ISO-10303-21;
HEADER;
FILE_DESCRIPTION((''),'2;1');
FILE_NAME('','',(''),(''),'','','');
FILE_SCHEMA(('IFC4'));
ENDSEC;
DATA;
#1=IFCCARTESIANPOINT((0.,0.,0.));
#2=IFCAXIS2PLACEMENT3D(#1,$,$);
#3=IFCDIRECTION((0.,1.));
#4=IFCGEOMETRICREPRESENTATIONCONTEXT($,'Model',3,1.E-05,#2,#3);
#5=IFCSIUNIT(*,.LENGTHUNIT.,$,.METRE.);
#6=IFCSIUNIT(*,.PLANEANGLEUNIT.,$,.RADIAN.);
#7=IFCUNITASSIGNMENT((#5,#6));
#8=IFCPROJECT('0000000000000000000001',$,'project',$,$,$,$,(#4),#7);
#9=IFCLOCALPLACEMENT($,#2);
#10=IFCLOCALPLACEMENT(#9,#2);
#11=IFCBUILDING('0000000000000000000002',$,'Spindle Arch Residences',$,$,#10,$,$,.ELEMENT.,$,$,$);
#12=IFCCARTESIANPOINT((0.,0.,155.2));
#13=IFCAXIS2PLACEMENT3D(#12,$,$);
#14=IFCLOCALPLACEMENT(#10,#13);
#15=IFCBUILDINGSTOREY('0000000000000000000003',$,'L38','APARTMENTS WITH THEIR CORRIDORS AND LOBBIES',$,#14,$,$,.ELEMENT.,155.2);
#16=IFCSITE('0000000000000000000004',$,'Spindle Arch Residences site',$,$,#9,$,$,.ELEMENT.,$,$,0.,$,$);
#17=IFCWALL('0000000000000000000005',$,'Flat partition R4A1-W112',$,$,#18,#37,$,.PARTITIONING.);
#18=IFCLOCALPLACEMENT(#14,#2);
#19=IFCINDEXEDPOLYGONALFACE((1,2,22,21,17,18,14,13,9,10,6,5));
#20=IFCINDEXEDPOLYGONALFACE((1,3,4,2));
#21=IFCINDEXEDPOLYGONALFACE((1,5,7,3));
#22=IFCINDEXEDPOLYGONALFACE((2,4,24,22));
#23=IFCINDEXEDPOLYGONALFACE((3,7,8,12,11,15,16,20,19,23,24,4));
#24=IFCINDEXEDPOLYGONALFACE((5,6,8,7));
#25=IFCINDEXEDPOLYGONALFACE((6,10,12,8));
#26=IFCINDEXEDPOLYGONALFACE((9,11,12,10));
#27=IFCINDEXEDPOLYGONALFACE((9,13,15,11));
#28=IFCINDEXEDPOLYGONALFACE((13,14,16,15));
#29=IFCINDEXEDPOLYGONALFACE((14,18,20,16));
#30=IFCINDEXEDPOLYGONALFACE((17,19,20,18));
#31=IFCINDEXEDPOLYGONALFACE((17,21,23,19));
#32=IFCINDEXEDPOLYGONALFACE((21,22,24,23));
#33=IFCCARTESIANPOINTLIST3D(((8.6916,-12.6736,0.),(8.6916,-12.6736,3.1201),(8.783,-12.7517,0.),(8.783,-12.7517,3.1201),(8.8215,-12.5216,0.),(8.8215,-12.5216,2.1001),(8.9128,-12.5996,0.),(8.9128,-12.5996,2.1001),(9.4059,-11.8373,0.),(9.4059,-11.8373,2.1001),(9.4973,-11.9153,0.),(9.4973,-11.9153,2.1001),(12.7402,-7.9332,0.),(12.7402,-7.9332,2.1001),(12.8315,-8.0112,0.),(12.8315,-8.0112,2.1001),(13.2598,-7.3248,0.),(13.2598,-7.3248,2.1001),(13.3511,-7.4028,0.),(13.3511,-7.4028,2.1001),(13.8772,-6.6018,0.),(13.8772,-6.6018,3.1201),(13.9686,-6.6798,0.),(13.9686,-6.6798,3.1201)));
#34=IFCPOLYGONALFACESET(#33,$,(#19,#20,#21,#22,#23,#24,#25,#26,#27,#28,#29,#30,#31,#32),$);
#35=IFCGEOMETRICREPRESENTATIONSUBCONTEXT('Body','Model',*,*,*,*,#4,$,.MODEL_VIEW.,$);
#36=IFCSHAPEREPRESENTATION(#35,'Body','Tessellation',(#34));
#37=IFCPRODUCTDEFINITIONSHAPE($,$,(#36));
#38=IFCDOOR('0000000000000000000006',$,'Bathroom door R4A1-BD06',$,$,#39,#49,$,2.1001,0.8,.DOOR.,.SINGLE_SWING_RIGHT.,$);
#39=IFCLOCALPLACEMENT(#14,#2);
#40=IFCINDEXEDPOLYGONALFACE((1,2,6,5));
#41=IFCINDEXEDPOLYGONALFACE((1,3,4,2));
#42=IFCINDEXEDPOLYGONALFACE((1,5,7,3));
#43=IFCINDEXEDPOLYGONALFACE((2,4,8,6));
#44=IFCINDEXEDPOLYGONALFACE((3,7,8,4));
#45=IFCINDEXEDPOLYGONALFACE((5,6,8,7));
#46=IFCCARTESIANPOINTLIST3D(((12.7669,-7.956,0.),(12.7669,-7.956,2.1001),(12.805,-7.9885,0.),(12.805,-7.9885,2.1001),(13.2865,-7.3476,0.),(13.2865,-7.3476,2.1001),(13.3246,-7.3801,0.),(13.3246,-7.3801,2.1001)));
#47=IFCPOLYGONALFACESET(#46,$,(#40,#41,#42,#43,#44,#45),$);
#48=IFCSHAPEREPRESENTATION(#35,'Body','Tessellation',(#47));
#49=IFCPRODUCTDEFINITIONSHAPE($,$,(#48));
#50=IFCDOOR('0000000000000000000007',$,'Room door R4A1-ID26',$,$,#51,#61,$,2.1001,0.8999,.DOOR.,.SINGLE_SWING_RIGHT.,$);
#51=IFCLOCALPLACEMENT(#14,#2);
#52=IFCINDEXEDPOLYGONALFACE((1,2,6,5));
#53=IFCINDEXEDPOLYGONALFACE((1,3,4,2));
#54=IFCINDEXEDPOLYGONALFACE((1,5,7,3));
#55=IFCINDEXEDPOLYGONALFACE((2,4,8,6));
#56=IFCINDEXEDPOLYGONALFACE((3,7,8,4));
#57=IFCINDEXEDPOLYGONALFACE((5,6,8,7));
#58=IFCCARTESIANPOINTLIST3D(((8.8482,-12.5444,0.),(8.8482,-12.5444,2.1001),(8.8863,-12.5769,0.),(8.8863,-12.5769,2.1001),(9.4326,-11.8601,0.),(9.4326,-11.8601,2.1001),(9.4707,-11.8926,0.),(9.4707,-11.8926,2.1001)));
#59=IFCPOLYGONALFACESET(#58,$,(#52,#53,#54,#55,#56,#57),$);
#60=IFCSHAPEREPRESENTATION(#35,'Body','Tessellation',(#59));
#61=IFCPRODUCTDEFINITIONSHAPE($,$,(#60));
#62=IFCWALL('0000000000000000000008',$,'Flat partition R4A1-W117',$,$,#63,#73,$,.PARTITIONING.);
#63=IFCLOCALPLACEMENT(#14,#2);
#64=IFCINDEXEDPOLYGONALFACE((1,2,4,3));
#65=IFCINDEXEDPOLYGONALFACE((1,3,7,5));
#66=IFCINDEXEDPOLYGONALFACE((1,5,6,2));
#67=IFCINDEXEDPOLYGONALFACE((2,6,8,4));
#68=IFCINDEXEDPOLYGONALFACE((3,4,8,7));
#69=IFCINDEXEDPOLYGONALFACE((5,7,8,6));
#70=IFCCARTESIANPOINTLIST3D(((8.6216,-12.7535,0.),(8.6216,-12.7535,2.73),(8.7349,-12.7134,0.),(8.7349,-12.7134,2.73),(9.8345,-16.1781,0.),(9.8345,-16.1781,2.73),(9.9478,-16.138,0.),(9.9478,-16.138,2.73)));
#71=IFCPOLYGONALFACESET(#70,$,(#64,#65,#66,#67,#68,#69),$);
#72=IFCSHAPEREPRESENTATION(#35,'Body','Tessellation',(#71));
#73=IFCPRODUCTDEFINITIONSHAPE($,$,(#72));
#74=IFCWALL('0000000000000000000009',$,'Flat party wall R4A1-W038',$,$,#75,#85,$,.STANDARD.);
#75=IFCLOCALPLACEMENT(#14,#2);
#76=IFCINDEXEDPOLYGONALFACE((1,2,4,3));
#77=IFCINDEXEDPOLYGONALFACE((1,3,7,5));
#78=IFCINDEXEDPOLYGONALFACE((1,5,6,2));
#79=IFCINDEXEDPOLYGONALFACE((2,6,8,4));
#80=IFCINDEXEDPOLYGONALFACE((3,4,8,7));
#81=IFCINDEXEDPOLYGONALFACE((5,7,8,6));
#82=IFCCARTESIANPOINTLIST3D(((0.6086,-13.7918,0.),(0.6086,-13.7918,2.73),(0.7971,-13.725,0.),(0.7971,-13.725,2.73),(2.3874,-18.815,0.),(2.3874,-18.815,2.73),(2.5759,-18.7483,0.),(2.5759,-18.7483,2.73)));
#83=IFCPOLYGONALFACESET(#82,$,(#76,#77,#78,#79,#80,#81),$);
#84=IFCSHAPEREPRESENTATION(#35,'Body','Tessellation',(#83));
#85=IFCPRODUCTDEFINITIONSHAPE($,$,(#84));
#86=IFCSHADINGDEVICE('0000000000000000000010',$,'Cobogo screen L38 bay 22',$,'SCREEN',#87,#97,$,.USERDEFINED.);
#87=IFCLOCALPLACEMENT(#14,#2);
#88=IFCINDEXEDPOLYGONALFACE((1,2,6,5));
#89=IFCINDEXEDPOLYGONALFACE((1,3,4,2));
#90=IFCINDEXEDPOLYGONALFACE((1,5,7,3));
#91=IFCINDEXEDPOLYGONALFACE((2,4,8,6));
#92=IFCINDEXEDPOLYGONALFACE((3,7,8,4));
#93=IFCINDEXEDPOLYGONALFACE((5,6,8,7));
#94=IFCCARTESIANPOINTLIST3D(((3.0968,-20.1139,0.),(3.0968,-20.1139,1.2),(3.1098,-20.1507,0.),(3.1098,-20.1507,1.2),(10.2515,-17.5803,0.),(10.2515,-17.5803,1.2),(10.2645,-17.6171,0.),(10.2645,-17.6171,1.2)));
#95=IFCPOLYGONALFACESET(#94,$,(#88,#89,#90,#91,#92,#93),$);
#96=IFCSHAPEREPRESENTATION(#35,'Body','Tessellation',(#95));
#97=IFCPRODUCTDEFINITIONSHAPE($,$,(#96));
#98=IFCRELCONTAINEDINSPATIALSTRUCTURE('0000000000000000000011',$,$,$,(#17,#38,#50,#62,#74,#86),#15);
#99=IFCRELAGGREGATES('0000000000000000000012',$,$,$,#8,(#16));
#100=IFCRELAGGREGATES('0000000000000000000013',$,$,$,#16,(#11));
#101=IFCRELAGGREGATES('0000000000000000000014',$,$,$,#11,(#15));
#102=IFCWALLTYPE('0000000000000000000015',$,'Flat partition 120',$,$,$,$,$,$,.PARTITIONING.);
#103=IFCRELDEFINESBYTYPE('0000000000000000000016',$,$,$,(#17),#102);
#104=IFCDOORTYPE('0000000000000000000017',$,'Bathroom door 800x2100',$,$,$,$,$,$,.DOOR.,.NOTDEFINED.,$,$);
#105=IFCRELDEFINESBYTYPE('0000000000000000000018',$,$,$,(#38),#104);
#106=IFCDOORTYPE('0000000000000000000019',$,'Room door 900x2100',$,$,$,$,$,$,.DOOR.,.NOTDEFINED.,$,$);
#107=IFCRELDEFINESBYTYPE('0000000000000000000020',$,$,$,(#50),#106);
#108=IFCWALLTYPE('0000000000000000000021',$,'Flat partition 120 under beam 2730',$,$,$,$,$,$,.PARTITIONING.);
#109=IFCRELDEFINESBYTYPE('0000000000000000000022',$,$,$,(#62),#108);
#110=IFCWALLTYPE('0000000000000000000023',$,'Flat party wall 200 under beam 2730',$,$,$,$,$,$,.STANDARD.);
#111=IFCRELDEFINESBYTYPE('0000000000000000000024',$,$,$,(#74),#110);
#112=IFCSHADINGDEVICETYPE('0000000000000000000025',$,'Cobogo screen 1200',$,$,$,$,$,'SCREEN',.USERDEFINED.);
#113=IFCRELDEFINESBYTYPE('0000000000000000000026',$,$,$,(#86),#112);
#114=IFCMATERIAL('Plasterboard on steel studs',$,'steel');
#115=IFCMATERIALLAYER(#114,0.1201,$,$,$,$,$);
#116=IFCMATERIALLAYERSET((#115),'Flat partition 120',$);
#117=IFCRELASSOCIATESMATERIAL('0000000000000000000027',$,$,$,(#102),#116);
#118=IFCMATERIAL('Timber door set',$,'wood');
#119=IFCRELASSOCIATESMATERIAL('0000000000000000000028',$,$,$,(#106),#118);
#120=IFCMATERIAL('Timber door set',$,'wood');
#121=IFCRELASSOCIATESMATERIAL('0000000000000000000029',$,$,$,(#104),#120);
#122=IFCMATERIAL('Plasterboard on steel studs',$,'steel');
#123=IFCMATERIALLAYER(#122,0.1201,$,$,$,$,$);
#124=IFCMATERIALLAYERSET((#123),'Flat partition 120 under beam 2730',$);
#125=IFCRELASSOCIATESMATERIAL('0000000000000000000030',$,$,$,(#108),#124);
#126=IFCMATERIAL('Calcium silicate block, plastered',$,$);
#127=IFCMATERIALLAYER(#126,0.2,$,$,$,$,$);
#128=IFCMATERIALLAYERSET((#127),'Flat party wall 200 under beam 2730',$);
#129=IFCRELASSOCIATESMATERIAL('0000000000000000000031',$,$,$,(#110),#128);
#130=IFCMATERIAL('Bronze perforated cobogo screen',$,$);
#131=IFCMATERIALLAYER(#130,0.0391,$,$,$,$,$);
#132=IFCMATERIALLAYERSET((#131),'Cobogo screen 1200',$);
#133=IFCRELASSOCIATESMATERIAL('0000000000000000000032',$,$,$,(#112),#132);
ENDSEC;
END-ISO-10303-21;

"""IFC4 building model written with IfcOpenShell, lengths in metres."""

from ifc_helpers import new_model, si_unit, direction, frame, frame_2d, origin, origin_2d, place, context, subcontext, project, spatial, rectangle, extrude, material, layer, layer_set, type_object, element, fill, save


model = new_model("IFC4")

# Units and contexts
model_context = context("Model", 3, precision=1e-05, world=origin(), true_north=direction((0.0, 1.0)))
body_context = subcontext(model_context, "Body", "Model", "MODEL_VIEW")
ifc_project = project(units=[si_unit("LENGTHUNIT", "METRE"), si_unit("PLANEANGLEUNIT", "RADIAN")], contexts=[model_context])

# Site, building, storey
site_placement = place(None, origin())
site = spatial("IfcSite", under=ifc_project, at=site_placement, Name="Spindle Arch Residences site", CompositionType="ELEMENT", RefElevation=0.0)
building_placement = place(site_placement, origin())
building = spatial("IfcBuilding", under=site, at=building_placement, Name="Spindle Arch Residences", CompositionType="ELEMENT")
storey_placement = place(building_placement, frame((0.0, 0.0, 155.2)))
storey = spatial("IfcBuildingStorey", under=building, at=storey_placement, Name="L38", Description="APARTMENTS WITH THEIR CORRIDORS AND LOBBIES", CompositionType="ELEMENT", Elevation=155.2)

# Shared definitions
ifc_material_1 = material(Name="Plasterboard on steel studs", Category="steel")
ifc_layer_1 = layer(ifc_material_1, 0.1201)
ifc_layer_set_1 = layer_set([ifc_layer_1], Name="Flat partition 120")
wall_type_1 = type_object("IfcWallType", Name="Flat partition 120", PredefinedType="PARTITIONING", material=ifc_layer_set_1)
ifc_material_2 = material(Name="Timber door set", Category="wood")
door_type_1 = type_object("IfcDoorType", Name="Room door 900x2100", OperationType="NOTDEFINED", PredefinedType="DOOR", material=ifc_material_2)

# Wall, openings, doors
wall_1_placement = place(storey_placement, frame((8.7373, -12.7126, 0.0), z_axis=(0.0, 0.0, 1.0), x_axis=(0.649431, 0.760421, 0.0)))
wall_1 = element("IfcWall", 1, at=wall_1_placement, inside=storey, type_object=wall_type_1, Name="Flat partition R4A1-W112", PredefinedType="PARTITIONING", context=body_context, shape_type="SweptSolid", body=[
    extrude(rectangle(XDim=7.9849, YDim=0.1201, at=frame_2d((3.9924, 0.0))), origin(), (0.0, 0.0, 1.0), 3.1201),
])
opening_1_placement = place(wall_1_placement, frame((0.2, 0.0, 0.0)))
opening_1 = element("IfcOpeningElement", 2, at=opening_1_placement, cuts=wall_1, PredefinedType="OPENING", context=body_context, shape_type="SweptSolid", body=[
    extrude(rectangle(XDim=0.8999, YDim=2.1001, at=frame_2d((0.45, 1.05))), frame((0.0, 0.0701, 0.0), z_axis=(0.0, -1.0, 0.0), x_axis=(1.0, 0.0, 0.0)), (0.0, 0.0, 1.0), 0.1401),
])
opening_2_placement = place(wall_1_placement, frame((6.2341, 0.0, 0.0)))
opening_2 = element("IfcOpeningElement", 3, at=opening_2_placement, cuts=wall_1, PredefinedType="OPENING", context=body_context, shape_type="SweptSolid", body=[
    extrude(rectangle(XDim=0.8, YDim=2.1001, at=frame_2d((0.3999, 1.05))), frame((0.0, 0.0701, 0.0), z_axis=(0.0, -1.0, 0.0), x_axis=(1.0, 0.0, 0.0)), (0.0, 0.0, 1.0), 0.1401),
])
ifc_material_3 = material(Name="Timber door set", Category="wood")
door_type_2 = type_object("IfcDoorType", Name="Bathroom door 800x2100", OperationType="NOTDEFINED", PredefinedType="DOOR", material=ifc_material_3)
door_1_placement = place(opening_2_placement, origin())
door_1 = element("IfcDoor", 4, at=door_1_placement, inside=storey, type_object=door_type_2, Name="Bathroom door R4A1-BD06", OperationType="SINGLE_SWING_RIGHT", OverallHeight=2.1001, OverallWidth=0.8, PredefinedType="DOOR", context=body_context, shape_type="SweptSolid", body=[
    extrude(rectangle(XDim=0.8, YDim=2.1001, at=frame_2d((0.3999, 1.05))), frame((0.0, 0.0249, 0.0), z_axis=(0.0, -1.0, 0.0), x_axis=(1.0, 0.0, 0.0)), (0.0, 0.0, 1.0), 0.05),
])
fill(opening_2, door_1)
door_2_placement = place(opening_1_placement, origin())
door_2 = element("IfcDoor", 5, at=door_2_placement, inside=storey, type_object=door_type_1, Name="Room door R4A1-ID26", OperationType="SINGLE_SWING_RIGHT", OverallHeight=2.1001, OverallWidth=0.8999, PredefinedType="DOOR", context=body_context, shape_type="SweptSolid", body=[
    extrude(rectangle(XDim=0.8999, YDim=2.1001, at=frame_2d((0.45, 1.05))), frame((0.0, 0.0249, 0.0), z_axis=(0.0, -1.0, 0.0), x_axis=(1.0, 0.0, 0.0)), (0.0, 0.0, 1.0), 0.05),
])
fill(opening_1, door_2)

# Walls
ifc_material_4 = material(Name="Plasterboard on steel studs", Category="steel")
ifc_layer_2 = layer(ifc_material_4, 0.1201)
ifc_layer_set_2 = layer_set([ifc_layer_2], Name="Flat partition 120 under beam 2730")
wall_type_2 = type_object("IfcWallType", Name="Flat partition 120 under beam 2730", PredefinedType="PARTITIONING", material=ifc_layer_set_2)
wall_2_placement = place(storey_placement, frame((9.8911, -16.158, 0.0), z_axis=(0.0, 0.0, 1.0), x_axis=(-0.333853, 0.942625, 0.0)))
element("IfcWall", 6, at=wall_2_placement, inside=storey, type_object=wall_type_2, Name="Flat partition R4A1-W117", PredefinedType="PARTITIONING", context=body_context, shape_type="SweptSolid", body=[
    extrude(rectangle(XDim=3.6331, YDim=0.1201, at=frame_2d((1.8164, 0.0))), origin(), (0.0, 0.0, 1.0), 2.73),
])
ifc_material_5 = material(Name="Calcium silicate block, plastered")
ifc_layer_3 = layer(ifc_material_5, 0.2)
ifc_layer_set_3 = layer_set([ifc_layer_3], Name="Flat party wall 200 under beam 2730")
wall_type_3 = type_object("IfcWallType", Name="Flat party wall 200 under beam 2730", PredefinedType="STANDARD", material=ifc_layer_set_3)
wall_3_placement = place(storey_placement, frame((2.4817, -18.7817, 0.0), z_axis=(0.0, 0.0, 1.0), x_axis=(-0.333807, 0.942641, 0.0)))
element("IfcWall", 7, at=wall_3_placement, inside=storey, type_object=wall_type_3, Name="Flat party wall R4A1-W038", PredefinedType="STANDARD", context=body_context, shape_type="SweptSolid", body=[
    extrude(rectangle(XDim=5.3289, YDim=0.2, at=frame_2d((2.6646, 0.0))), origin(), (0.0, 0.0, 1.0), 2.73),
])

# Shading device
ifc_material_6 = material(Name="Bronze perforated cobogo screen")
ifc_layer_4 = layer(ifc_material_6, 0.0391)
ifc_layer_set_4 = layer_set([ifc_layer_4], Name="Cobogo screen 1200")
shading_device_type = type_object("IfcShadingDeviceType", Name="Cobogo screen 1200", ElementType="SCREEN", PredefinedType="USERDEFINED", material=ifc_layer_set_4)
shading_device_placement = place(storey_placement, frame((6.6807, -18.8655, 0.0), z_axis=(0.0, 0.0, 1.0), x_axis=(0.942641, 0.333807, 0.0)))
element("IfcShadingDevice", 8, at=shading_device_placement, inside=storey, type_object=shading_device_type, Name="Cobogo screen L38 bay 22", ObjectType="SCREEN", PredefinedType="USERDEFINED", context=body_context, shape_type="SweptSolid", body=[
    extrude(rectangle(XDim=7.5901, YDim=0.0391, at=origin_2d()), origin(), (0.0, 0.0, 1.0), 1.2),
])

save(model, "model.ifc")
